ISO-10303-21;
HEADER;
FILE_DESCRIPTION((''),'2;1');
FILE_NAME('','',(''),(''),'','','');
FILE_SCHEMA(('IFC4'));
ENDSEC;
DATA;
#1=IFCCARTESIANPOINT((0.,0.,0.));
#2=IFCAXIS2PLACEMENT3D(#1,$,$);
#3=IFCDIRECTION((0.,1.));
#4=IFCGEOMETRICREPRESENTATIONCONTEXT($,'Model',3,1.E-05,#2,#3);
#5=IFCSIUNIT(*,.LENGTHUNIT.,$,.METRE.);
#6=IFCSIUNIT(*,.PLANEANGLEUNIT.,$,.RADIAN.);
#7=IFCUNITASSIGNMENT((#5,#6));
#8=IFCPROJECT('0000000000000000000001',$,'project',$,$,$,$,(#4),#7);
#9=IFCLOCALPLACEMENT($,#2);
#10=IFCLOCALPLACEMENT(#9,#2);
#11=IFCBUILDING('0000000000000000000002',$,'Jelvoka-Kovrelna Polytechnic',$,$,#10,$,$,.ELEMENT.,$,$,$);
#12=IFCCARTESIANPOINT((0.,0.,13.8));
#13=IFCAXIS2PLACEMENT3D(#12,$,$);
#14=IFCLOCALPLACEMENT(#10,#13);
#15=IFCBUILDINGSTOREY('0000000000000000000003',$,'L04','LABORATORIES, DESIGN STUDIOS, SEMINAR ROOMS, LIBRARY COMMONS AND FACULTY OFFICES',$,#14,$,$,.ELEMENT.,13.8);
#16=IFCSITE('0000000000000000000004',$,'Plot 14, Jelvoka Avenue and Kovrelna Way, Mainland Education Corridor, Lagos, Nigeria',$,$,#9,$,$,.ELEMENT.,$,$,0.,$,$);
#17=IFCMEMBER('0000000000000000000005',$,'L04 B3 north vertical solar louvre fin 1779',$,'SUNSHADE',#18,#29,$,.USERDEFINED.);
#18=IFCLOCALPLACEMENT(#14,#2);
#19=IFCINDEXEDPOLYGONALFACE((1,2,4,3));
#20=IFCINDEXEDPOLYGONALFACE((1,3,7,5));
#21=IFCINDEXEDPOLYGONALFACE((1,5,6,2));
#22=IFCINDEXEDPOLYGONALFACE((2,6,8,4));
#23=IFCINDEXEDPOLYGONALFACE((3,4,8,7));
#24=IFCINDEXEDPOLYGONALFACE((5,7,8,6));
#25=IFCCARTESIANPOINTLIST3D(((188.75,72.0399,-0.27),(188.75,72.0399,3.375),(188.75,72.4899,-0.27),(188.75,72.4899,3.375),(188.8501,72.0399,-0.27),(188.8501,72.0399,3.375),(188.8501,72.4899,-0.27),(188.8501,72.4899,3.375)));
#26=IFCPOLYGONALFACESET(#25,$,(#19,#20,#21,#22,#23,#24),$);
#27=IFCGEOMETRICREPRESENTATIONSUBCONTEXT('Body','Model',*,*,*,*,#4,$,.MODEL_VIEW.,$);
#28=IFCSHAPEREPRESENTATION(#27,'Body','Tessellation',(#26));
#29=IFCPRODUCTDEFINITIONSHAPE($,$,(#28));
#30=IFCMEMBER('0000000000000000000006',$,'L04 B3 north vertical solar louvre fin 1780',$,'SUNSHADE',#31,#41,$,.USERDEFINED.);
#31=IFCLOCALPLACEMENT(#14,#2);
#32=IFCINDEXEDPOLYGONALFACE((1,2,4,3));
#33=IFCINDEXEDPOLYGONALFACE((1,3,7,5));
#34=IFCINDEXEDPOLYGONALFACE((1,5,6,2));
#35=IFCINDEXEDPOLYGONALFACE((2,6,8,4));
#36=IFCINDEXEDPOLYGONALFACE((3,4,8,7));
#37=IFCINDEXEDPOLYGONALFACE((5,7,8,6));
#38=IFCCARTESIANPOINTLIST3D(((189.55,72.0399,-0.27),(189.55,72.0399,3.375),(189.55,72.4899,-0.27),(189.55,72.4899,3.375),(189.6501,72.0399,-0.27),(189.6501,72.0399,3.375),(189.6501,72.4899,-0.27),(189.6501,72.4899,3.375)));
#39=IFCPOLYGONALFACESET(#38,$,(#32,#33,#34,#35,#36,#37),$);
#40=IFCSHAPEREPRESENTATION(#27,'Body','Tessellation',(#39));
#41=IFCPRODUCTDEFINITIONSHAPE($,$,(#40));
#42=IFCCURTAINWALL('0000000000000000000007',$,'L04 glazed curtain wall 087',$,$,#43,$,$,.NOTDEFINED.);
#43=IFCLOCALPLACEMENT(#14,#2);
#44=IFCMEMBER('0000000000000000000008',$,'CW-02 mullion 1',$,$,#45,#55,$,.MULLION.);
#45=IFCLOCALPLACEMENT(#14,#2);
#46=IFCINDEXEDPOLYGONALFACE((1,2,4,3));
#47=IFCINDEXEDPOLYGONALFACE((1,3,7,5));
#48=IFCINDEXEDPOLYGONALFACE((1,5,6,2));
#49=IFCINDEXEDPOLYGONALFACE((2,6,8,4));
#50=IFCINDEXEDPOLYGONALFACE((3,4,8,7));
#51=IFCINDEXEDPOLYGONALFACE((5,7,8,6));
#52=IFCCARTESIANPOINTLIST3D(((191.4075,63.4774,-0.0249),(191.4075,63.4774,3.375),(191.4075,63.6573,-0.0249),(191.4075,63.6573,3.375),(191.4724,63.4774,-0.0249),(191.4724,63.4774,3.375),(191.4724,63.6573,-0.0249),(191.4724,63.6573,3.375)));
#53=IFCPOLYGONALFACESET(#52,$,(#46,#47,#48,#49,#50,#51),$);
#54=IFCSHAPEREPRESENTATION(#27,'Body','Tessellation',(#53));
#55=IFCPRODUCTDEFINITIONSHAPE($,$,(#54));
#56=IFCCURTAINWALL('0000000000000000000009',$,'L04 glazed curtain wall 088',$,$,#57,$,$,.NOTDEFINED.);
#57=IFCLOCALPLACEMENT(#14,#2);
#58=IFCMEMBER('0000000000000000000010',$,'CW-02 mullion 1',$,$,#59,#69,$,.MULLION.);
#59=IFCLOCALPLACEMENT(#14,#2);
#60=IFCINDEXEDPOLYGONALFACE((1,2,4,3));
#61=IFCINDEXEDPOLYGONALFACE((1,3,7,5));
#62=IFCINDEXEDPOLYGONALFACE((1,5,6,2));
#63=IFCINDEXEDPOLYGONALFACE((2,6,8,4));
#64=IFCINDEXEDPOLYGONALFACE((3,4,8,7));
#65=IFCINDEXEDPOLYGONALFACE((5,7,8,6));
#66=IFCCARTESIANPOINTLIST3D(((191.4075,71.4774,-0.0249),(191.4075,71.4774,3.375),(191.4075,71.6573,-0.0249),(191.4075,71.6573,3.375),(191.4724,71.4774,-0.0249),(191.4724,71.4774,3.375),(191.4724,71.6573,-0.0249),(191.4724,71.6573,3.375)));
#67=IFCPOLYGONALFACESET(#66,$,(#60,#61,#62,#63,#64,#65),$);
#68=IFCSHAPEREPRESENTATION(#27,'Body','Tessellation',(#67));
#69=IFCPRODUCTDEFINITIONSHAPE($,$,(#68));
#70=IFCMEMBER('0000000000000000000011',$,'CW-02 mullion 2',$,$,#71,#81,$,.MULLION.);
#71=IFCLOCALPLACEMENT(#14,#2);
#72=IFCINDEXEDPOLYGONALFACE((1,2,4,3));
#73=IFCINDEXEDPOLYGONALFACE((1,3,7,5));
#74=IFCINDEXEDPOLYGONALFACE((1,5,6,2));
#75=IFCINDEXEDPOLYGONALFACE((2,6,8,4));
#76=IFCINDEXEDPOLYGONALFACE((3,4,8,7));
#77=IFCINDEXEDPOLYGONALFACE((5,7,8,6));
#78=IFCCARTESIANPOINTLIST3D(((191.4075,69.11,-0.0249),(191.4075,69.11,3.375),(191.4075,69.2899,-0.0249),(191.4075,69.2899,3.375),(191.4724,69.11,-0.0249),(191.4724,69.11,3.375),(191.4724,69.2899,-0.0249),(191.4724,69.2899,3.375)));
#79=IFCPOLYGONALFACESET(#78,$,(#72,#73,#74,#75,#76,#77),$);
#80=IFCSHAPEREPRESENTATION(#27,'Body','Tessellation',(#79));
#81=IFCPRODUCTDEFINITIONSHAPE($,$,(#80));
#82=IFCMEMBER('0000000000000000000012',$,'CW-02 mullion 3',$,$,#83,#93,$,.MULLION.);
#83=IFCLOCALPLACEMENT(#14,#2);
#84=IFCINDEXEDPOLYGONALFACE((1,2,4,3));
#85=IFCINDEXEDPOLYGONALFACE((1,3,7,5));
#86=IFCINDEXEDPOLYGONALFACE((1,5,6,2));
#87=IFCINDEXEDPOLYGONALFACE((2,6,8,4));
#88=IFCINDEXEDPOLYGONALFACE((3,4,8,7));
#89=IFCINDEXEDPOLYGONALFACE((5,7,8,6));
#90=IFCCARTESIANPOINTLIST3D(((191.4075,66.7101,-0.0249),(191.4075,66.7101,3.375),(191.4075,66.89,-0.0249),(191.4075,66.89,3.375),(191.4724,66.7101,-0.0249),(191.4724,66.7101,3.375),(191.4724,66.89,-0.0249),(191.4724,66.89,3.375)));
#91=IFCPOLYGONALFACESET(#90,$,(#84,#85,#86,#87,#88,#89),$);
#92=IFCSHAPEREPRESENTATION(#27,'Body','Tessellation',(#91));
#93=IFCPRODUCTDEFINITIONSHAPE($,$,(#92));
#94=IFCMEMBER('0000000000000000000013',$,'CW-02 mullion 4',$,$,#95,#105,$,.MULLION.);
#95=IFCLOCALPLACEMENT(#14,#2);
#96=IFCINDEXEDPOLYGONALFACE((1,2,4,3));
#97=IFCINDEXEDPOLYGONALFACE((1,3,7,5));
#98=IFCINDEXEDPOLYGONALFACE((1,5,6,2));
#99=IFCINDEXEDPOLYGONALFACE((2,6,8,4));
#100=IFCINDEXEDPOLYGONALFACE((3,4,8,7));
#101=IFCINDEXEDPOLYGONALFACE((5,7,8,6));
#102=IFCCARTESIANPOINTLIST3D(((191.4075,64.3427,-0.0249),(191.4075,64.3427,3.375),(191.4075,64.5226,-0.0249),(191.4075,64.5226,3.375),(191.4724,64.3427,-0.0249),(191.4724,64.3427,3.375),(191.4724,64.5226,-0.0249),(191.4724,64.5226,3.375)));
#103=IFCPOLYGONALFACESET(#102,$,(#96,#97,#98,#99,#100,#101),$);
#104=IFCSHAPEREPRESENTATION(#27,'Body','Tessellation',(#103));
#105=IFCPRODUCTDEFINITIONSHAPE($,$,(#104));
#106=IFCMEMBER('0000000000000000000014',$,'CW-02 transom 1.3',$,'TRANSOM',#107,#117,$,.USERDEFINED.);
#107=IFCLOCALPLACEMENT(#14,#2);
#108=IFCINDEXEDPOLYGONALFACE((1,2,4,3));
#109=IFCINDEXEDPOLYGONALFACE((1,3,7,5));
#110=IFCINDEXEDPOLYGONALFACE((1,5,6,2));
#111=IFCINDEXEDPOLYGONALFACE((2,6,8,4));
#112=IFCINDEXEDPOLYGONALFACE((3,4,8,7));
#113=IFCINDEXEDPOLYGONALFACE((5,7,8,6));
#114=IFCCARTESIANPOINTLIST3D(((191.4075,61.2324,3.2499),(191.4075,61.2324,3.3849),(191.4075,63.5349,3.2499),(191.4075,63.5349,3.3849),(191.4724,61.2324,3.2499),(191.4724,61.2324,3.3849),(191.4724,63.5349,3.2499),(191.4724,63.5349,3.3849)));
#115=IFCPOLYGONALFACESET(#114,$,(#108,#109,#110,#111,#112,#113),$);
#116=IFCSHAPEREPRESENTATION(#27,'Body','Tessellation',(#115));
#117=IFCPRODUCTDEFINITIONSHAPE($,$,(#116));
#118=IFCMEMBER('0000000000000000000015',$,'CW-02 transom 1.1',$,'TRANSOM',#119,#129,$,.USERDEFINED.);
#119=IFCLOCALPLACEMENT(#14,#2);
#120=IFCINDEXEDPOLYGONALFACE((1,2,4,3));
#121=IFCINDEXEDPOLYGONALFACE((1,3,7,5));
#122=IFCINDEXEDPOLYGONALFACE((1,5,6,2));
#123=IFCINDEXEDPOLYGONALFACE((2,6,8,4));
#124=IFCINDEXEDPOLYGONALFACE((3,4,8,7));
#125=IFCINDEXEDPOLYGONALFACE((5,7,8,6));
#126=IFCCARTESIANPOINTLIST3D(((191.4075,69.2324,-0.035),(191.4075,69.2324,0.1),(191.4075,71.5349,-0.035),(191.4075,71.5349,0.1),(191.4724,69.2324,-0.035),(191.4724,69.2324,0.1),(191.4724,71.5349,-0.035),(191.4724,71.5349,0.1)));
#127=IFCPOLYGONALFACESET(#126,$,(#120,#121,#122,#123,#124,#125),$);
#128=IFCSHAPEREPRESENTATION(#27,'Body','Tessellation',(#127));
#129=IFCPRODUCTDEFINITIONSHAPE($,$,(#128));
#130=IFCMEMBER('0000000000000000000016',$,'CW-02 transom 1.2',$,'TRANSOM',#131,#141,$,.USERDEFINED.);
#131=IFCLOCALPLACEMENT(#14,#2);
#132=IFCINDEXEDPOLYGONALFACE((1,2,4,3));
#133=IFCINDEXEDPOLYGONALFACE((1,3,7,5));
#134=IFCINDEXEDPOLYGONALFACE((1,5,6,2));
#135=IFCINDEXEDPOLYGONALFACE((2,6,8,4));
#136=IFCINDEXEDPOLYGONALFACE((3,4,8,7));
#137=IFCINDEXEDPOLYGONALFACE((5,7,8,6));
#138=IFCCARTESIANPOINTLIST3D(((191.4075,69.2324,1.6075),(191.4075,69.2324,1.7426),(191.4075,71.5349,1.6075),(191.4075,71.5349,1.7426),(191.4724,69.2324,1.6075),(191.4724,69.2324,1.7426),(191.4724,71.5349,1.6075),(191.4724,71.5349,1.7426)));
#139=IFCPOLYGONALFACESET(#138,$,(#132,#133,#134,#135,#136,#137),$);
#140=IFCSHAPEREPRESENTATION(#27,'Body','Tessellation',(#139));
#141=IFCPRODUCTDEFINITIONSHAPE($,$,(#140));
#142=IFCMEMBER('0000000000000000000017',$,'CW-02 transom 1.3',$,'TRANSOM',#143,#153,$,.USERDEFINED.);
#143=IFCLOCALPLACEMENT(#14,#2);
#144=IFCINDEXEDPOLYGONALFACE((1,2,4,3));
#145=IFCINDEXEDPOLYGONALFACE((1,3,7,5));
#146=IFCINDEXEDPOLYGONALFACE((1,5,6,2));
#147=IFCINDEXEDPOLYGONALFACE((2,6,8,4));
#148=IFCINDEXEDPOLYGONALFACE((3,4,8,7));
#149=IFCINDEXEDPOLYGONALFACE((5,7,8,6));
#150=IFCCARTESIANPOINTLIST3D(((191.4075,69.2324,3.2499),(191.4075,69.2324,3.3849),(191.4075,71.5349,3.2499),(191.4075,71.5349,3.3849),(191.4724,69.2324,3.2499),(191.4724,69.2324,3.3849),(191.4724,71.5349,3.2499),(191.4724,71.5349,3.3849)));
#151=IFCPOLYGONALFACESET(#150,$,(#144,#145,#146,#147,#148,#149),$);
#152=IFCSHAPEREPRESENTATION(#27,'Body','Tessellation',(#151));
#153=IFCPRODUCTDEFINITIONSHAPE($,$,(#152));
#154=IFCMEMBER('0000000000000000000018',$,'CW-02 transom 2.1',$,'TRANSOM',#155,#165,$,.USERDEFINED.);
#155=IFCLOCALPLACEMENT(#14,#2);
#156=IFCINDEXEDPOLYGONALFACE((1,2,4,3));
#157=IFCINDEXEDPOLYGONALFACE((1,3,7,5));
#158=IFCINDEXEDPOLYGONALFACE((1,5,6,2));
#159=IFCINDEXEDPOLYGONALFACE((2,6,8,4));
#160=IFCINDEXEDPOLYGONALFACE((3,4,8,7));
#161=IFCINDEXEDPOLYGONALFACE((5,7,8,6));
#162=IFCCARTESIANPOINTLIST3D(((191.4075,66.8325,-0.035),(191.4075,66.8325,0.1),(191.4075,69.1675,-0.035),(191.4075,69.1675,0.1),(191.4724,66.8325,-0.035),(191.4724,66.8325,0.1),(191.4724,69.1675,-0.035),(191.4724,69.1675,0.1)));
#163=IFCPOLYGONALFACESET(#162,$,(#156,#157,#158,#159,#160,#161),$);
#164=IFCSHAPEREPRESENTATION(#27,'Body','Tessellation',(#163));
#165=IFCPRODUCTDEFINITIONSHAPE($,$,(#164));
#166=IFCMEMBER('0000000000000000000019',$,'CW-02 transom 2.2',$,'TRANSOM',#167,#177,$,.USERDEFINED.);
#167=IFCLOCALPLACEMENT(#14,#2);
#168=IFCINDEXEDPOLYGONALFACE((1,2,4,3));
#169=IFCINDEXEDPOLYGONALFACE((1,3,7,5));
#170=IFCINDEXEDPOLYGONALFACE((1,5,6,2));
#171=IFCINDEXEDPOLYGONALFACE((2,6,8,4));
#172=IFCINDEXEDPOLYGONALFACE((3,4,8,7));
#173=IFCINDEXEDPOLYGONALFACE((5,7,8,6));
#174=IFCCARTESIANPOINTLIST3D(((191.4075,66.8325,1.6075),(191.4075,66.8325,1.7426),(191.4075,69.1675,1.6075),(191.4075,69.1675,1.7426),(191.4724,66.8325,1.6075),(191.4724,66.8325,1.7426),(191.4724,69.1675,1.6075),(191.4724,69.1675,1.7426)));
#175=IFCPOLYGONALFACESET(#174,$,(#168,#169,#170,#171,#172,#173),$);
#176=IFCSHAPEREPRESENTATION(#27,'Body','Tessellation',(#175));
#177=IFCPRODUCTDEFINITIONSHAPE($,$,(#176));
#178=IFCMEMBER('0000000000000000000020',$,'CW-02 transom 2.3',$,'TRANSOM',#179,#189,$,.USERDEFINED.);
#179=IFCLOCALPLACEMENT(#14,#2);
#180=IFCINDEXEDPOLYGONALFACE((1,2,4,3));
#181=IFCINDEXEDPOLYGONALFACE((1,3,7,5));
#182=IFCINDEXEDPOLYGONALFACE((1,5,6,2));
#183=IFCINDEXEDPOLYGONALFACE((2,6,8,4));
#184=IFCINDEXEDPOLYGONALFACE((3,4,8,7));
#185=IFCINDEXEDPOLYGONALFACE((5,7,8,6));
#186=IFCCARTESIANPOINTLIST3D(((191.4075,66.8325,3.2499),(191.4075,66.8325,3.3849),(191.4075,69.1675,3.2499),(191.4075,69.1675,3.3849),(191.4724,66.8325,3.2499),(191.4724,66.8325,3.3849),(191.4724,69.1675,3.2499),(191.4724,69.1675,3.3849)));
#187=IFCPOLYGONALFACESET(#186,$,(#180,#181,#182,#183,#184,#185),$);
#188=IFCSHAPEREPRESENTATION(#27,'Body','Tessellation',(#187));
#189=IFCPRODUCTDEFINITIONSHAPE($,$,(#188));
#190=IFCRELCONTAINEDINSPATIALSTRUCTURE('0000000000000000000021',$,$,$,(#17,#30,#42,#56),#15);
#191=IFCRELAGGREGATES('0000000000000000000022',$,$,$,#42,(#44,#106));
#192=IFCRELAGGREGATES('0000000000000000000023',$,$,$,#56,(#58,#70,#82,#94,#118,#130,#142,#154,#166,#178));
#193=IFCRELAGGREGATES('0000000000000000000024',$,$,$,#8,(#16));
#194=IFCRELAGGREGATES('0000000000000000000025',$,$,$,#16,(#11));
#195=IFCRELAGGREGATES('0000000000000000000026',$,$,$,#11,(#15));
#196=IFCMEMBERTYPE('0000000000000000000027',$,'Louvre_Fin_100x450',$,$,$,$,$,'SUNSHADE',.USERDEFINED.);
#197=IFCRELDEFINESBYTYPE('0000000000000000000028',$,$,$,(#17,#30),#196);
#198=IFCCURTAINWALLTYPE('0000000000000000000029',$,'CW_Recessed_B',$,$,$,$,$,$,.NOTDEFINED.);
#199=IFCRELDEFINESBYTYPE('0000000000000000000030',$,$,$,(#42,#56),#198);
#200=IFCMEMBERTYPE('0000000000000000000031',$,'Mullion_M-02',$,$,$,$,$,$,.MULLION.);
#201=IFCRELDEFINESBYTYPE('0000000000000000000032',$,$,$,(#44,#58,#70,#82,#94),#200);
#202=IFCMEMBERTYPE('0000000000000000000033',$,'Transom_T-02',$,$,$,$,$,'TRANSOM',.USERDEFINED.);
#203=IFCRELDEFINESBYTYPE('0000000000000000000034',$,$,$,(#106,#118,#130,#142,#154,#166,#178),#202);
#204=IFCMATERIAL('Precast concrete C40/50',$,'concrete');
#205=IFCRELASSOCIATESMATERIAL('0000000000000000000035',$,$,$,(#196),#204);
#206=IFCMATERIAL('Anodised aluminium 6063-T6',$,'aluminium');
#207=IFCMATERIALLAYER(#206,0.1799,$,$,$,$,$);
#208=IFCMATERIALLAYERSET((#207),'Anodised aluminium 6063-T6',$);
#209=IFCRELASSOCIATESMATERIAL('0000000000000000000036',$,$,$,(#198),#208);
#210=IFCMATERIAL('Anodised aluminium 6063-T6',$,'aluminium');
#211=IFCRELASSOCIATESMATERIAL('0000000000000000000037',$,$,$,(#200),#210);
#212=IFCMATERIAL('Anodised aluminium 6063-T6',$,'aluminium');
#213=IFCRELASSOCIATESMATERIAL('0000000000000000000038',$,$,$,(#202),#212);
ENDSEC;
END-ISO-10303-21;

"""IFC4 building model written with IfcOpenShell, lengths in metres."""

from ifc_helpers import new_model, si_unit, direction, frame, origin, origin_2d, place, context, subcontext, project, spatial, rectangle, extrude, material, layer, layer_set, material_profile, profile_set, type_object, element, aggregate, save


model = new_model("IFC4")

# Units and contexts
model_context = context("Model", 3, precision=1e-05, world=origin(), true_north=direction((0.0, 1.0)))
body_context = subcontext(model_context, "Body", "Model", "MODEL_VIEW")
ifc_project = project(units=[si_unit("LENGTHUNIT", "METRE"), si_unit("PLANEANGLEUNIT", "RADIAN")], contexts=[model_context])

# Site, building, storey
site_placement = place(None, origin())
site = spatial("IfcSite", under=ifc_project, at=site_placement, Name="Plot 14, Jelvoka Avenue and Kovrelna Way, Mainland Education Corridor, Lagos, Nigeria", CompositionType="ELEMENT", RefElevation=0.0)
building_placement = place(site_placement, origin())
building = spatial("IfcBuilding", under=site, at=building_placement, Name="Jelvoka-Kovrelna Polytechnic", CompositionType="ELEMENT")
storey_placement = place(building_placement, frame((0.0, 0.0, 13.8)))
storey = spatial("IfcBuildingStorey", under=building, at=storey_placement, Name="L04", Description="LABORATORIES, DESIGN STUDIOS, SEMINAR ROOMS, LIBRARY COMMONS AND FACULTY OFFICES", CompositionType="ELEMENT", Elevation=13.8)

# Members
ifc_material_1 = material(Name="Precast concrete C40/50", Category="concrete")
ifc_material_profile_1 = material_profile(ifc_material_1, rectangle(XDim=0.1001, YDim=0.45, at=origin_2d()), Name="PC 100x450")
ifc_profile_set_1 = profile_set([ifc_material_profile_1], Name="Precast concrete C40/50")
member_type_1 = type_object("IfcMemberType", Name="Louvre_Fin_100x450", ElementType="SUNSHADE", PredefinedType="USERDEFINED", material=ifc_profile_set_1)
for number, where, z_axis, x_axis, name in (
    (1, (188.8, 72.2649, -0.27), (0.0, 0.0, 1.0), (1.0, 0.0, 0.0), "L04 B3 north vertical solar louvre fin 1779"),
    (2, (189.6001, 72.2649, -0.27), (0.0, 0.0, 1.0), (1.0, 0.0, 0.0), "L04 B3 north vertical solar louvre fin 1780"),
):
    element("IfcMember", number, at=place(storey_placement, frame(where, z_axis=z_axis, x_axis=x_axis)), inside=storey, type_object=member_type_1, Name=name, ObjectType="SUNSHADE", PredefinedType="USERDEFINED", context=body_context, shape_type="SweptSolid", body=[
        extrude(rectangle(XDim=0.1001, YDim=0.45, at=origin_2d()), origin(), (0.0, 0.0, 1.0), 3.645),
    ])

# Curtain wall, member
ifc_material_2 = material(Name="Anodised aluminium 6063-T6", Category="aluminium")
ifc_layer_1 = layer(ifc_material_2, 0.1799)
ifc_layer_set_1 = layer_set([ifc_layer_1], Name="Anodised aluminium 6063-T6")
curtain_wall_type = type_object("IfcCurtainWallType", Name="CW_Recessed_B", PredefinedType="NOTDEFINED", material=ifc_layer_set_1)
curtain_wall_1_placement = place(storey_placement, origin())
curtain_wall_1 = element("IfcCurtainWall", 3, at=curtain_wall_1_placement, inside=storey, type_object=curtain_wall_type, Name="L04 glazed curtain wall 087", PredefinedType="NOTDEFINED")
ifc_material_3 = material(Name="Anodised aluminium 6063-T6", Category="aluminium")
ifc_material_profile_2 = material_profile(ifc_material_3, rectangle(XDim=0.0649, YDim=0.1799, at=origin_2d()), Name="ALU 65x180")
ifc_profile_set_2 = profile_set([ifc_material_profile_2], Name="Anodised aluminium 6063-T6")
member_type_2 = type_object("IfcMemberType", Name="Mullion_M-02", PredefinedType="MULLION", material=ifc_profile_set_2)
member_1_placement = place(storey_placement, frame((191.4399, 63.5674, -0.0249), z_axis=(0.0, 0.0, 1.0), x_axis=(1.0, 0.0, 0.0)))
member_1 = element("IfcMember", 4, at=member_1_placement, type_object=member_type_2, Name="CW-02 mullion 1", PredefinedType="MULLION", context=body_context, shape_type="SweptSolid", body=[
    extrude(rectangle(XDim=0.0649, YDim=0.1799, at=origin_2d()), origin(), (0.0, 0.0, 1.0), 3.3999),
])

# Curtain wall, members
curtain_wall_2_placement = place(storey_placement, origin())
curtain_wall_2 = element("IfcCurtainWall", 5, at=curtain_wall_2_placement, inside=storey, type_object=curtain_wall_type, Name="L04 glazed curtain wall 088", PredefinedType="NOTDEFINED")
member_2_placement = place(storey_placement, frame((191.4399, 71.5674, -0.0249), z_axis=(0.0, 0.0, 1.0), x_axis=(1.0, 0.0, 0.0)))
member_2 = element("IfcMember", 6, at=member_2_placement, type_object=member_type_2, Name="CW-02 mullion 1", PredefinedType="MULLION", context=body_context, shape_type="SweptSolid", body=[
    extrude(rectangle(XDim=0.0649, YDim=0.1799, at=origin_2d()), origin(), (0.0, 0.0, 1.0), 3.3999),
])
member_3_placement = place(storey_placement, frame((191.4399, 69.2, -0.0249), z_axis=(0.0, 0.0, 1.0), x_axis=(1.0, 0.0, 0.0)))
member_3 = element("IfcMember", 7, at=member_3_placement, type_object=member_type_2, Name="CW-02 mullion 2", PredefinedType="MULLION", context=body_context, shape_type="SweptSolid", body=[
    extrude(rectangle(XDim=0.0649, YDim=0.1799, at=origin_2d()), origin(), (0.0, 0.0, 1.0), 3.3999),
])
member_4_placement = place(storey_placement, frame((191.4399, 66.8, -0.0249), z_axis=(0.0, 0.0, 1.0), x_axis=(1.0, 0.0, 0.0)))
member_4 = element("IfcMember", 8, at=member_4_placement, type_object=member_type_2, Name="CW-02 mullion 3", PredefinedType="MULLION", context=body_context, shape_type="SweptSolid", body=[
    extrude(rectangle(XDim=0.0649, YDim=0.1799, at=origin_2d()), origin(), (0.0, 0.0, 1.0), 3.3999),
])
member_5_placement = place(storey_placement, frame((191.4399, 64.4326, -0.0249), z_axis=(0.0, 0.0, 1.0), x_axis=(1.0, 0.0, 0.0)))
member_5 = element("IfcMember", 9, at=member_5_placement, type_object=member_type_2, Name="CW-02 mullion 4", PredefinedType="MULLION", context=body_context, shape_type="SweptSolid", body=[
    extrude(rectangle(XDim=0.0649, YDim=0.1799, at=origin_2d()), origin(), (0.0, 0.0, 1.0), 3.3999),
])

# Members
ifc_material_4 = material(Name="Anodised aluminium 6063-T6", Category="aluminium")
ifc_material_profile_3 = material_profile(ifc_material_4, rectangle(XDim=0.0649, YDim=0.135, at=origin_2d()), Name="ALU 65x135")
ifc_profile_set_3 = profile_set([ifc_material_profile_3], Name="Anodised aluminium 6063-T6")
member_type_3 = type_object("IfcMemberType", Name="Transom_T-02", ElementType="TRANSOM", PredefinedType="USERDEFINED", material=ifc_profile_set_3)
member_6_placement = place(storey_placement, frame((191.4399, 63.5349, 3.3174), z_axis=(0.0, -1.0, 0.0), x_axis=(1.0, 0.0, 0.0)))
member_6 = element("IfcMember", 10, at=member_6_placement, type_object=member_type_3, Name="CW-02 transom 1.3", ObjectType="TRANSOM", PredefinedType="USERDEFINED", context=body_context, shape_type="SweptSolid", body=[
    extrude(rectangle(XDim=0.0649, YDim=0.135, at=origin_2d()), origin(), (0.0, 0.0, 1.0), 2.3025),
])
aggregate(curtain_wall_1, [member_1, member_6])
member_7_placement = place(storey_placement, frame((191.4399, 71.5349, 0.0325), z_axis=(0.0, -1.0, 0.0), x_axis=(1.0, 0.0, 0.0)))
member_7 = element("IfcMember", 11, at=member_7_placement, type_object=member_type_3, Name="CW-02 transom 1.1", ObjectType="TRANSOM", PredefinedType="USERDEFINED", context=body_context, shape_type="SweptSolid", body=[
    extrude(rectangle(XDim=0.0649, YDim=0.135, at=origin_2d()), origin(), (0.0, 0.0, 1.0), 2.3025),
])
member_8_placement = place(storey_placement, frame((191.4399, 71.5349, 1.675), z_axis=(0.0, -1.0, 0.0), x_axis=(1.0, 0.0, 0.0)))
member_8 = element("IfcMember", 12, at=member_8_placement, type_object=member_type_3, Name="CW-02 transom 1.2", ObjectType="TRANSOM", PredefinedType="USERDEFINED", context=body_context, shape_type="SweptSolid", body=[
    extrude(rectangle(XDim=0.0649, YDim=0.135, at=origin_2d()), origin(), (0.0, 0.0, 1.0), 2.3025),
])
member_9_placement = place(storey_placement, frame((191.4399, 71.5349, 3.3174), z_axis=(0.0, -1.0, 0.0), x_axis=(1.0, 0.0, 0.0)))
member_9 = element("IfcMember", 13, at=member_9_placement, type_object=member_type_3, Name="CW-02 transom 1.3", ObjectType="TRANSOM", PredefinedType="USERDEFINED", context=body_context, shape_type="SweptSolid", body=[
    extrude(rectangle(XDim=0.0649, YDim=0.135, at=origin_2d()), origin(), (0.0, 0.0, 1.0), 2.3025),
])
member_10_placement = place(storey_placement, frame((191.4399, 69.1675, 0.0325), z_axis=(0.0, -1.0, 0.0), x_axis=(1.0, 0.0, 0.0)))
member_10 = element("IfcMember", 14, at=member_10_placement, type_object=member_type_3, Name="CW-02 transom 2.1", ObjectType="TRANSOM", PredefinedType="USERDEFINED", context=body_context, shape_type="SweptSolid", body=[
    extrude(rectangle(XDim=0.0649, YDim=0.135, at=origin_2d()), origin(), (0.0, 0.0, 1.0), 2.335),
])
member_11_placement = place(storey_placement, frame((191.4399, 69.1675, 1.675), z_axis=(0.0, -1.0, 0.0), x_axis=(1.0, 0.0, 0.0)))
member_11 = element("IfcMember", 15, at=member_11_placement, type_object=member_type_3, Name="CW-02 transom 2.2", ObjectType="TRANSOM", PredefinedType="USERDEFINED", context=body_context, shape_type="SweptSolid", body=[
    extrude(rectangle(XDim=0.0649, YDim=0.135, at=origin_2d()), origin(), (0.0, 0.0, 1.0), 2.335),
])
member_12_placement = place(storey_placement, frame((191.4399, 69.1675, 3.3174), z_axis=(0.0, -1.0, 0.0), x_axis=(1.0, 0.0, 0.0)))
member_12 = element("IfcMember", 16, at=member_12_placement, type_object=member_type_3, Name="CW-02 transom 2.3", ObjectType="TRANSOM", PredefinedType="USERDEFINED", context=body_context, shape_type="SweptSolid", body=[
    extrude(rectangle(XDim=0.0649, YDim=0.135, at=origin_2d()), origin(), (0.0, 0.0, 1.0), 2.335),
])

aggregate(curtain_wall_2, [member_2, member_3, member_4, member_5, member_7, member_8, member_9, member_10, member_11, member_12])

save(model, "model.ifc")
